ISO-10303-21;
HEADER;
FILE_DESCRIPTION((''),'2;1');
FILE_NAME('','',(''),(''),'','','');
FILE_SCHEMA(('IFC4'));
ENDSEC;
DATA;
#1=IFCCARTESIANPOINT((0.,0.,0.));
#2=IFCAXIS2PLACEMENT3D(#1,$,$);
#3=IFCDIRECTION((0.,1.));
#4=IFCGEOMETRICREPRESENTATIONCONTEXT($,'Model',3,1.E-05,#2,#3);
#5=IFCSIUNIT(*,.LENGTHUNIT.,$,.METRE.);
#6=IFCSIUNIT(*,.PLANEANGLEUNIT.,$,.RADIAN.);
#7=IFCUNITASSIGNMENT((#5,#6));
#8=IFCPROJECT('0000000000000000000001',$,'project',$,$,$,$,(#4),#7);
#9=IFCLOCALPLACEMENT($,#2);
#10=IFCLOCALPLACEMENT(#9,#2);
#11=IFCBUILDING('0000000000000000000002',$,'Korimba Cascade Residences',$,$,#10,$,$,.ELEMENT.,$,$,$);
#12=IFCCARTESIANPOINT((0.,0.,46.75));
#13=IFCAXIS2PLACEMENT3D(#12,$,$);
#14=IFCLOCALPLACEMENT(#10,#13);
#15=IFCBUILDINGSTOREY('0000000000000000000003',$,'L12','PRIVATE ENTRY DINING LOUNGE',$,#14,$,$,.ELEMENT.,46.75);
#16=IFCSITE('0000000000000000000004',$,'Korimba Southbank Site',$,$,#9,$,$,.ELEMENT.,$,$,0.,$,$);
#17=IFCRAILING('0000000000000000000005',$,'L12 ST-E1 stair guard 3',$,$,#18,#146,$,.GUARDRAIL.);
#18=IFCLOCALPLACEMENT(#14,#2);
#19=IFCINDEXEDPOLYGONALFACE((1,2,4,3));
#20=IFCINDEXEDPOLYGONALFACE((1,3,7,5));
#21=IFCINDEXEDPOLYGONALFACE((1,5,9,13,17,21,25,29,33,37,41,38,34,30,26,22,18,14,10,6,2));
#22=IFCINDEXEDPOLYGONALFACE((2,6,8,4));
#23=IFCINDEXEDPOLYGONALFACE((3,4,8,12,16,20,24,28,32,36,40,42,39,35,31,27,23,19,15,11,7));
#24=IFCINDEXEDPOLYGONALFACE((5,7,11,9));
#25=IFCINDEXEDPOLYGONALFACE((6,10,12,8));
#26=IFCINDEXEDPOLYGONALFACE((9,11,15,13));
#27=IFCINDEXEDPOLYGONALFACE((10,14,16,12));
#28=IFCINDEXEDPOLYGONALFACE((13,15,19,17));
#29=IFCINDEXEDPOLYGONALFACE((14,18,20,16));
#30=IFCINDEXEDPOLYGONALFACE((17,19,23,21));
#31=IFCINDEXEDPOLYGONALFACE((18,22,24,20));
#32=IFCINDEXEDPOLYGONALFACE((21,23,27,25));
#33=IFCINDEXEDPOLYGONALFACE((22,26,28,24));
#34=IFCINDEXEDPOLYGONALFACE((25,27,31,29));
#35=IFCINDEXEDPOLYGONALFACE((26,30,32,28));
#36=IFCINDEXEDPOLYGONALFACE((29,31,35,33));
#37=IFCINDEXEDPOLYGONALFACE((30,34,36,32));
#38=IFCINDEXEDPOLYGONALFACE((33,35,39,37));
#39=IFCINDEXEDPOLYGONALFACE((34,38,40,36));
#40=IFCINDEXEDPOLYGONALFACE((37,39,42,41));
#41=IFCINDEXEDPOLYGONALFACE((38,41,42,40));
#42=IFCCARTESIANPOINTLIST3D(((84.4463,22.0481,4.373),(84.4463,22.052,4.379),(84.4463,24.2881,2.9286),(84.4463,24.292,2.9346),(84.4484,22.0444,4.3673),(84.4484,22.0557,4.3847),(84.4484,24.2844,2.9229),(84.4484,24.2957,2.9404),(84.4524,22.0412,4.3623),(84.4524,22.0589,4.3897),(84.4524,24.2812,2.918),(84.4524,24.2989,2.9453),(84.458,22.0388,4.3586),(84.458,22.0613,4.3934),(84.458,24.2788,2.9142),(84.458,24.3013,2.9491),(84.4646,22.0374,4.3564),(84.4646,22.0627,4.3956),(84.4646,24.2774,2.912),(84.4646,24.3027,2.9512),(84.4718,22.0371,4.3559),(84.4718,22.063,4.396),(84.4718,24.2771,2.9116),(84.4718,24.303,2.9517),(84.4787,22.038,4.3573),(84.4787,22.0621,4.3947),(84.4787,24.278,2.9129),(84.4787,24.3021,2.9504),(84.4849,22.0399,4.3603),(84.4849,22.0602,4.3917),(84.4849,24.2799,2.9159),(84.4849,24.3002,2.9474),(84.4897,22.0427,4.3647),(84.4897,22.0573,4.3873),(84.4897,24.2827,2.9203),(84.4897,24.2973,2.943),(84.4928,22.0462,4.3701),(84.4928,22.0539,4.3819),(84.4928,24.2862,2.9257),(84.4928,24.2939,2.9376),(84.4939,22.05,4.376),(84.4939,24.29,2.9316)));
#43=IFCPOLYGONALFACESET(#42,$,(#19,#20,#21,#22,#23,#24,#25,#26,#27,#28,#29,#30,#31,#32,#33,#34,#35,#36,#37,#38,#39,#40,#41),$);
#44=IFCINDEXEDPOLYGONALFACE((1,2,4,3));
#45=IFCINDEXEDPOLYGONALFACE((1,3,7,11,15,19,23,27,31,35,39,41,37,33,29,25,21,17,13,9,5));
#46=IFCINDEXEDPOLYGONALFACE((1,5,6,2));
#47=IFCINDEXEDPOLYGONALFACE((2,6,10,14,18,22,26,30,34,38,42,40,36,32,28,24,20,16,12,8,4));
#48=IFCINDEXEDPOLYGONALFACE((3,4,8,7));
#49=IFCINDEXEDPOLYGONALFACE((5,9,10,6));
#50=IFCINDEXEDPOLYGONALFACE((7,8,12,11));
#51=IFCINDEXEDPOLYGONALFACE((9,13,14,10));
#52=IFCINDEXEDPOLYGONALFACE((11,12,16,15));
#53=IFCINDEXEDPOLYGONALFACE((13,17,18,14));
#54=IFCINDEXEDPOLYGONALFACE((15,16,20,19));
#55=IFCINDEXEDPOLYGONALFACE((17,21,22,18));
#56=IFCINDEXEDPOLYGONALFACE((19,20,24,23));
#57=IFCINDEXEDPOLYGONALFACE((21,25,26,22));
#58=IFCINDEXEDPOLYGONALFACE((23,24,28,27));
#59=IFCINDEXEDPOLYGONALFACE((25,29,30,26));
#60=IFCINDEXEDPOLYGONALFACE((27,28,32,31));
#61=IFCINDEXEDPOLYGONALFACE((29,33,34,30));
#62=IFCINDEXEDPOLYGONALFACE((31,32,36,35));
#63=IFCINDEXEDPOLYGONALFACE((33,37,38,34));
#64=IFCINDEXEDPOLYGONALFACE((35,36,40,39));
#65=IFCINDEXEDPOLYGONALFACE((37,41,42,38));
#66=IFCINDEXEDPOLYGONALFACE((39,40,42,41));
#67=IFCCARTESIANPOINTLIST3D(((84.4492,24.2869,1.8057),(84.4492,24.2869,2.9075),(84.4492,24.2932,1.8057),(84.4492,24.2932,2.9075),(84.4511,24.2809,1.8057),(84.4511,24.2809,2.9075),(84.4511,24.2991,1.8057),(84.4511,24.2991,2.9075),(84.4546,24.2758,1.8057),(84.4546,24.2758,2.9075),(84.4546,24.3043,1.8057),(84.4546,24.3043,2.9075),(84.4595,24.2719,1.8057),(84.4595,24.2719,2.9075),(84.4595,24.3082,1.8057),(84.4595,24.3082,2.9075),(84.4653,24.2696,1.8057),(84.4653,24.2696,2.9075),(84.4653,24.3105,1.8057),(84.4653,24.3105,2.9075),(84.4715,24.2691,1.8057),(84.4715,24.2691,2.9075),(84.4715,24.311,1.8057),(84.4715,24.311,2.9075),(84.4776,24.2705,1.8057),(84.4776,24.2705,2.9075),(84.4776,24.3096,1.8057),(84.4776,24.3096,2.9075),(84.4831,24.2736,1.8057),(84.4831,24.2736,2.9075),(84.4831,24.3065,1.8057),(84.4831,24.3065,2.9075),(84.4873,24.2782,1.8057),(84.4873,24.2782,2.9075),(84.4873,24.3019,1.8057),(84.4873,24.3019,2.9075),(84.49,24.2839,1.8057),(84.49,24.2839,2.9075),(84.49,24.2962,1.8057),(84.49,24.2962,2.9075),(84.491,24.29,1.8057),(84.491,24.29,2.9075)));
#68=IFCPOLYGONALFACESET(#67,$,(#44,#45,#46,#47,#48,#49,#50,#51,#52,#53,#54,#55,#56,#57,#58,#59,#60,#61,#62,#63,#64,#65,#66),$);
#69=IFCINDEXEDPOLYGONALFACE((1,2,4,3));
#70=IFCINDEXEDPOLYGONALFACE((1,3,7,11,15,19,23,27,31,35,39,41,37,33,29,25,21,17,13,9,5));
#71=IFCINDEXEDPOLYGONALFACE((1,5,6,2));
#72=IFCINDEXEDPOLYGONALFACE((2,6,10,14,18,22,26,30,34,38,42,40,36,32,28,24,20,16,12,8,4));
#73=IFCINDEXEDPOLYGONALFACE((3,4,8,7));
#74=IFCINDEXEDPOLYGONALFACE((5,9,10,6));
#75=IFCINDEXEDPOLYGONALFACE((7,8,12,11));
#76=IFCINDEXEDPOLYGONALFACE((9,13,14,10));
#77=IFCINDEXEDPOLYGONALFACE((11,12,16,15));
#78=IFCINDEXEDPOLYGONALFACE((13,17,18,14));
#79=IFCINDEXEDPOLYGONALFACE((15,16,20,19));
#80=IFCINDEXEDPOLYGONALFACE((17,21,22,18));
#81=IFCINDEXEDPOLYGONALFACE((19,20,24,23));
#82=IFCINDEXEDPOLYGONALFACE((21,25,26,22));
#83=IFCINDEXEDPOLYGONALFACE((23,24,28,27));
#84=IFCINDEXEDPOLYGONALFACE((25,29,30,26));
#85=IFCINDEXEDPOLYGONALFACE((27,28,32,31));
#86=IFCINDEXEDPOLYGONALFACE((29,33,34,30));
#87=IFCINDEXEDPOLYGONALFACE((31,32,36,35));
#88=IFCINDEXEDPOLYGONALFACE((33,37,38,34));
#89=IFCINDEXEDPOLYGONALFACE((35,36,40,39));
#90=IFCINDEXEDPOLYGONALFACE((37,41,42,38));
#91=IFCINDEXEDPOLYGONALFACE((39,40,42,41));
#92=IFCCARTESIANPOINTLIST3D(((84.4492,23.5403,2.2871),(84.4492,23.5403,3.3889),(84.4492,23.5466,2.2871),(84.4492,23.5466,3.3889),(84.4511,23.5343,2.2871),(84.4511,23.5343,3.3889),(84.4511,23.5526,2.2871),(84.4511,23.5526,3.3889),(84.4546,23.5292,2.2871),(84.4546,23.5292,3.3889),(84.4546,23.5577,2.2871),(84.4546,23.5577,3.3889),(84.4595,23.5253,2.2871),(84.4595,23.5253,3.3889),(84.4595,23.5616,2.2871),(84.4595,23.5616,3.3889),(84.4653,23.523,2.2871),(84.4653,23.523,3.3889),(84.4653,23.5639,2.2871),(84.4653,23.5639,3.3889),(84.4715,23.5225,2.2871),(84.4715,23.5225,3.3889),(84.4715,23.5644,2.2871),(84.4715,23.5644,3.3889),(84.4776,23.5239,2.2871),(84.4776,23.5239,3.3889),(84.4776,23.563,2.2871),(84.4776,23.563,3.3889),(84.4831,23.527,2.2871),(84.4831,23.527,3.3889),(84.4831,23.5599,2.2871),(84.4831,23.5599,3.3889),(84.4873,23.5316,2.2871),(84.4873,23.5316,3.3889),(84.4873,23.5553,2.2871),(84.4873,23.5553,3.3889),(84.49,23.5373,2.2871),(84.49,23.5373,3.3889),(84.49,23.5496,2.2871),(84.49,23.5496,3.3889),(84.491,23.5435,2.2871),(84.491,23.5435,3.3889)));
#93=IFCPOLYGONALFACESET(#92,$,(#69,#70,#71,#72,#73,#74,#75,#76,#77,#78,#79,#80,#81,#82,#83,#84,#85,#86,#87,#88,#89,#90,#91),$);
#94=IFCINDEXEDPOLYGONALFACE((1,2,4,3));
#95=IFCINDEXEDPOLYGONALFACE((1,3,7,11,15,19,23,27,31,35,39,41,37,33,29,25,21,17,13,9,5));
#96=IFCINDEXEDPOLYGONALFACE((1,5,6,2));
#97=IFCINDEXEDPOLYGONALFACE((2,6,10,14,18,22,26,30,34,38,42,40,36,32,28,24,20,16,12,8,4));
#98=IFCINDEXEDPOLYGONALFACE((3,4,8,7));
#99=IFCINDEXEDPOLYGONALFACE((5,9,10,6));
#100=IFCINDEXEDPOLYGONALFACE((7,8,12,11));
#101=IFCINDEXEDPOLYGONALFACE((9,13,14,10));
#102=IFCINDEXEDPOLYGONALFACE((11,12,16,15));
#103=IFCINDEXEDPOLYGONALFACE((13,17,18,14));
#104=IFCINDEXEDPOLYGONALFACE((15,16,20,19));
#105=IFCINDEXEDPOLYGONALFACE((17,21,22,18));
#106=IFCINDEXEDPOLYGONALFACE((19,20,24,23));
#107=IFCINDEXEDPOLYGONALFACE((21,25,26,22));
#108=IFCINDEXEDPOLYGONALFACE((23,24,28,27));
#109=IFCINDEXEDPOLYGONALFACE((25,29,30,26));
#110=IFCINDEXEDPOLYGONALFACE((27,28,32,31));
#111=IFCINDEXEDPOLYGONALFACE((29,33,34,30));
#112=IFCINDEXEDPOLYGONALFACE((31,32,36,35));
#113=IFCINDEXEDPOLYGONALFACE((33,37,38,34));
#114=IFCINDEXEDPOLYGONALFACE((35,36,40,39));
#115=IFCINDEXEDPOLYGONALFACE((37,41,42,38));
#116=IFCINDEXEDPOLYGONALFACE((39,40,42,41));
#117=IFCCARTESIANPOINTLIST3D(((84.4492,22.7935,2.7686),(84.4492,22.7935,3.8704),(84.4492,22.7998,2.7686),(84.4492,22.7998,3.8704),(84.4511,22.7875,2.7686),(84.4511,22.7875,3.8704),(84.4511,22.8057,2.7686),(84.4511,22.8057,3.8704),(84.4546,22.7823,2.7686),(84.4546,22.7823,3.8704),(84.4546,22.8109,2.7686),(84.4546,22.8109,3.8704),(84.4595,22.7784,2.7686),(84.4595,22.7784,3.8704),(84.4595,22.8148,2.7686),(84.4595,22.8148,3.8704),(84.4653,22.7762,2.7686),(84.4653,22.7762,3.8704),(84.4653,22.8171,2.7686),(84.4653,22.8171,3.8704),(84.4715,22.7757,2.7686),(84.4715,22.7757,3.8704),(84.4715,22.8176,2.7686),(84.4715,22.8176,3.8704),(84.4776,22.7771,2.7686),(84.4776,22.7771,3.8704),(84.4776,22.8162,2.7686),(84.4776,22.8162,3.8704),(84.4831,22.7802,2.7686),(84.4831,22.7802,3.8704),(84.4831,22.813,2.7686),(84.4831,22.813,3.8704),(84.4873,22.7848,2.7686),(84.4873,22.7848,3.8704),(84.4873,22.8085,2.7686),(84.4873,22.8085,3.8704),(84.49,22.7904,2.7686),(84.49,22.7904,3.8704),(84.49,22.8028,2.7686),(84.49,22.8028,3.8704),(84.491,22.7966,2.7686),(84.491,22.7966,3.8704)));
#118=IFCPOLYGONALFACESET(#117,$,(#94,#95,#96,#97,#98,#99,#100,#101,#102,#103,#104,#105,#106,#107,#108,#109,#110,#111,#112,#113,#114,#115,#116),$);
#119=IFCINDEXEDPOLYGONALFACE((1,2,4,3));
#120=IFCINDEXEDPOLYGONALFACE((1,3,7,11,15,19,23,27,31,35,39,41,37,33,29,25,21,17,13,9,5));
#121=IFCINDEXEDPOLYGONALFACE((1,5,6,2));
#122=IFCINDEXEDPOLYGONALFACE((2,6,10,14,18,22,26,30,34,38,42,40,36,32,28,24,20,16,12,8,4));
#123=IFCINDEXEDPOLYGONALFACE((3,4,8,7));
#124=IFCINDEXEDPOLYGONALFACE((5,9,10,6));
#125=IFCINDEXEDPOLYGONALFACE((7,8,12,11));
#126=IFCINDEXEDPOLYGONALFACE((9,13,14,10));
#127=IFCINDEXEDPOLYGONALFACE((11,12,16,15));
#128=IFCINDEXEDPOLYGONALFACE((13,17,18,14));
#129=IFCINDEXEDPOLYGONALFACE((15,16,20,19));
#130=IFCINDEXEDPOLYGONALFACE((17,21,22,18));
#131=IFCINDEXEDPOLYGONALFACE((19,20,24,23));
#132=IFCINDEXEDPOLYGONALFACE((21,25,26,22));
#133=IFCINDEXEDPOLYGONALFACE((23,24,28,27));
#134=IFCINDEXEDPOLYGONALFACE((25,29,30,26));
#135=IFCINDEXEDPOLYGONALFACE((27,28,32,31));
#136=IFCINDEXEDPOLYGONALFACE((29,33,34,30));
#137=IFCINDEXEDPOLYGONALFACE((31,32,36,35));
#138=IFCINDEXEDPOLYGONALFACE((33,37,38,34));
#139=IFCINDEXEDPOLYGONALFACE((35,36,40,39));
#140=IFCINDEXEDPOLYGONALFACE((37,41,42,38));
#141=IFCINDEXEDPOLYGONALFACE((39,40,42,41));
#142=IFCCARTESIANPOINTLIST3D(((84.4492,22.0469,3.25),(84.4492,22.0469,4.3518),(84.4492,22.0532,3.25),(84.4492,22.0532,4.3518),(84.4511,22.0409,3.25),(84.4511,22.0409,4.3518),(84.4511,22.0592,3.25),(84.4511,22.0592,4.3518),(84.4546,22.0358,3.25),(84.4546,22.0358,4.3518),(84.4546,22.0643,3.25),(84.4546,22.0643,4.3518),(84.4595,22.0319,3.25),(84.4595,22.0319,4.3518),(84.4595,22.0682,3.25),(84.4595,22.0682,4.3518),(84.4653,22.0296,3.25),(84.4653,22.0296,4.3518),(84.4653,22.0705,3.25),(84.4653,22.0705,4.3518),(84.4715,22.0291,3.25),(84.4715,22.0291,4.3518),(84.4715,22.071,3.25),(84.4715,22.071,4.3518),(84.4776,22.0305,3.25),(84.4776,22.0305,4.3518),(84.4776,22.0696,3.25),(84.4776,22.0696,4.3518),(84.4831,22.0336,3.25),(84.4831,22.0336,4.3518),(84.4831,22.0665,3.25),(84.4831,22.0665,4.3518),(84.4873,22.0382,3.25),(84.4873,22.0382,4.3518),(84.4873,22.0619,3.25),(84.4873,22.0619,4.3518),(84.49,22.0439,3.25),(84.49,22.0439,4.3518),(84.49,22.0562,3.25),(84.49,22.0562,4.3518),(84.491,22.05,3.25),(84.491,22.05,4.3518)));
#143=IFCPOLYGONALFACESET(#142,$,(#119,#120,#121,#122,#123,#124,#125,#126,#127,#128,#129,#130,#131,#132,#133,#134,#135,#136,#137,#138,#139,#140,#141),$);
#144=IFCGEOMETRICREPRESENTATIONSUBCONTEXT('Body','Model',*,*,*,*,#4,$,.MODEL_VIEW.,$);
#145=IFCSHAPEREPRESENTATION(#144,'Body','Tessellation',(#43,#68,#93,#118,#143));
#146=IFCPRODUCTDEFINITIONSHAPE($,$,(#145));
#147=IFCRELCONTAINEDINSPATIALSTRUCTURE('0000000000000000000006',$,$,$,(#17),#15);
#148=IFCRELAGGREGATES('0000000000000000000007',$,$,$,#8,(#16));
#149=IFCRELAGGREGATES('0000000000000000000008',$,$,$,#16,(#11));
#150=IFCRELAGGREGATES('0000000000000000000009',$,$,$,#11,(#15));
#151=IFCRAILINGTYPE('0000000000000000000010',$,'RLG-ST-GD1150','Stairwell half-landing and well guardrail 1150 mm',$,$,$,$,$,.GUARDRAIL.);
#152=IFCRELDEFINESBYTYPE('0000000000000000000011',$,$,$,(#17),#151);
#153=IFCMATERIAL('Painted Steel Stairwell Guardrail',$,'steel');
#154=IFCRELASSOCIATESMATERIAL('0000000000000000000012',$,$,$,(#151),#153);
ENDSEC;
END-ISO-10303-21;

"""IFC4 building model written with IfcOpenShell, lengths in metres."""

from ifc_helpers import new_model, si_unit, direction, frame, origin, origin_2d, place, context, subcontext, project, spatial, circle, extrude, material, type_object, element, save


model = new_model("IFC4")

# Units and contexts
model_context = context("Model", 3, precision=1e-05, world=origin(), true_north=direction((0.0, 1.0)))
body_context = subcontext(model_context, "Body", "Model", "MODEL_VIEW")
ifc_project = project(units=[si_unit("LENGTHUNIT", "METRE"), si_unit("PLANEANGLEUNIT", "RADIAN")], contexts=[model_context])

# Site, building, storey
site_placement = place(None, origin())
site = spatial("IfcSite", under=ifc_project, at=site_placement, Name="Korimba Southbank Site", CompositionType="ELEMENT", RefElevation=0.0)
building_placement = place(site_placement, origin())
building = spatial("IfcBuilding", under=site, at=building_placement, Name="Korimba Cascade Residences", CompositionType="ELEMENT")
storey_placement = place(building_placement, frame((0.0, 0.0, 46.75)))
storey = spatial("IfcBuildingStorey", under=building, at=storey_placement, Name="L12", Description="PRIVATE ENTRY DINING LOUNGE", CompositionType="ELEMENT", Elevation=46.75)

# Railing
ifc_material_1 = material(Name="Painted Steel Stairwell Guardrail", Category="steel")
railing_type_1 = type_object("IfcRailingType", Name="RLG-ST-GD1150", Description="Stairwell half-landing and well guardrail 1150 mm", PredefinedType="GUARDRAIL", material=ifc_material_1)
railing_1_placement = place(storey_placement, frame((84.47, 24.29, 1.8057)))
element("IfcRailing", 1, at=railing_1_placement, inside=storey, type_object=railing_type_1, Name="L12 ST-E1 stair guard 3", PredefinedType="GUARDRAIL", context=body_context, shape_type="SweptSolid", body=[
    extrude(circle(Radius=0.0239, at=origin_2d()), frame((0.0, 0.0, 1.126), z_axis=(0.0, -0.840437, 0.54191), x_axis=(1.0, 0.0, 0.0)), (0.0, 0.0, 1.0), 2.6653),
    extrude(circle(Radius=0.021, at=origin_2d()), origin(), (0.0, 0.0, 1.0), 1.1018),
    extrude(circle(Radius=0.021, at=origin_2d()), frame((0.0, -0.7466, 0.4814)), (0.0, 0.0, 1.0), 1.1018),
    extrude(circle(Radius=0.021, at=origin_2d()), frame((0.0, -1.4934, 0.9629)), (0.0, 0.0, 1.0), 1.1018),
    extrude(circle(Radius=0.021, at=origin_2d()), frame((0.0, -2.24, 1.4443)), (0.0, 0.0, 1.0), 1.1018),
])

save(model, "model.ifc")
